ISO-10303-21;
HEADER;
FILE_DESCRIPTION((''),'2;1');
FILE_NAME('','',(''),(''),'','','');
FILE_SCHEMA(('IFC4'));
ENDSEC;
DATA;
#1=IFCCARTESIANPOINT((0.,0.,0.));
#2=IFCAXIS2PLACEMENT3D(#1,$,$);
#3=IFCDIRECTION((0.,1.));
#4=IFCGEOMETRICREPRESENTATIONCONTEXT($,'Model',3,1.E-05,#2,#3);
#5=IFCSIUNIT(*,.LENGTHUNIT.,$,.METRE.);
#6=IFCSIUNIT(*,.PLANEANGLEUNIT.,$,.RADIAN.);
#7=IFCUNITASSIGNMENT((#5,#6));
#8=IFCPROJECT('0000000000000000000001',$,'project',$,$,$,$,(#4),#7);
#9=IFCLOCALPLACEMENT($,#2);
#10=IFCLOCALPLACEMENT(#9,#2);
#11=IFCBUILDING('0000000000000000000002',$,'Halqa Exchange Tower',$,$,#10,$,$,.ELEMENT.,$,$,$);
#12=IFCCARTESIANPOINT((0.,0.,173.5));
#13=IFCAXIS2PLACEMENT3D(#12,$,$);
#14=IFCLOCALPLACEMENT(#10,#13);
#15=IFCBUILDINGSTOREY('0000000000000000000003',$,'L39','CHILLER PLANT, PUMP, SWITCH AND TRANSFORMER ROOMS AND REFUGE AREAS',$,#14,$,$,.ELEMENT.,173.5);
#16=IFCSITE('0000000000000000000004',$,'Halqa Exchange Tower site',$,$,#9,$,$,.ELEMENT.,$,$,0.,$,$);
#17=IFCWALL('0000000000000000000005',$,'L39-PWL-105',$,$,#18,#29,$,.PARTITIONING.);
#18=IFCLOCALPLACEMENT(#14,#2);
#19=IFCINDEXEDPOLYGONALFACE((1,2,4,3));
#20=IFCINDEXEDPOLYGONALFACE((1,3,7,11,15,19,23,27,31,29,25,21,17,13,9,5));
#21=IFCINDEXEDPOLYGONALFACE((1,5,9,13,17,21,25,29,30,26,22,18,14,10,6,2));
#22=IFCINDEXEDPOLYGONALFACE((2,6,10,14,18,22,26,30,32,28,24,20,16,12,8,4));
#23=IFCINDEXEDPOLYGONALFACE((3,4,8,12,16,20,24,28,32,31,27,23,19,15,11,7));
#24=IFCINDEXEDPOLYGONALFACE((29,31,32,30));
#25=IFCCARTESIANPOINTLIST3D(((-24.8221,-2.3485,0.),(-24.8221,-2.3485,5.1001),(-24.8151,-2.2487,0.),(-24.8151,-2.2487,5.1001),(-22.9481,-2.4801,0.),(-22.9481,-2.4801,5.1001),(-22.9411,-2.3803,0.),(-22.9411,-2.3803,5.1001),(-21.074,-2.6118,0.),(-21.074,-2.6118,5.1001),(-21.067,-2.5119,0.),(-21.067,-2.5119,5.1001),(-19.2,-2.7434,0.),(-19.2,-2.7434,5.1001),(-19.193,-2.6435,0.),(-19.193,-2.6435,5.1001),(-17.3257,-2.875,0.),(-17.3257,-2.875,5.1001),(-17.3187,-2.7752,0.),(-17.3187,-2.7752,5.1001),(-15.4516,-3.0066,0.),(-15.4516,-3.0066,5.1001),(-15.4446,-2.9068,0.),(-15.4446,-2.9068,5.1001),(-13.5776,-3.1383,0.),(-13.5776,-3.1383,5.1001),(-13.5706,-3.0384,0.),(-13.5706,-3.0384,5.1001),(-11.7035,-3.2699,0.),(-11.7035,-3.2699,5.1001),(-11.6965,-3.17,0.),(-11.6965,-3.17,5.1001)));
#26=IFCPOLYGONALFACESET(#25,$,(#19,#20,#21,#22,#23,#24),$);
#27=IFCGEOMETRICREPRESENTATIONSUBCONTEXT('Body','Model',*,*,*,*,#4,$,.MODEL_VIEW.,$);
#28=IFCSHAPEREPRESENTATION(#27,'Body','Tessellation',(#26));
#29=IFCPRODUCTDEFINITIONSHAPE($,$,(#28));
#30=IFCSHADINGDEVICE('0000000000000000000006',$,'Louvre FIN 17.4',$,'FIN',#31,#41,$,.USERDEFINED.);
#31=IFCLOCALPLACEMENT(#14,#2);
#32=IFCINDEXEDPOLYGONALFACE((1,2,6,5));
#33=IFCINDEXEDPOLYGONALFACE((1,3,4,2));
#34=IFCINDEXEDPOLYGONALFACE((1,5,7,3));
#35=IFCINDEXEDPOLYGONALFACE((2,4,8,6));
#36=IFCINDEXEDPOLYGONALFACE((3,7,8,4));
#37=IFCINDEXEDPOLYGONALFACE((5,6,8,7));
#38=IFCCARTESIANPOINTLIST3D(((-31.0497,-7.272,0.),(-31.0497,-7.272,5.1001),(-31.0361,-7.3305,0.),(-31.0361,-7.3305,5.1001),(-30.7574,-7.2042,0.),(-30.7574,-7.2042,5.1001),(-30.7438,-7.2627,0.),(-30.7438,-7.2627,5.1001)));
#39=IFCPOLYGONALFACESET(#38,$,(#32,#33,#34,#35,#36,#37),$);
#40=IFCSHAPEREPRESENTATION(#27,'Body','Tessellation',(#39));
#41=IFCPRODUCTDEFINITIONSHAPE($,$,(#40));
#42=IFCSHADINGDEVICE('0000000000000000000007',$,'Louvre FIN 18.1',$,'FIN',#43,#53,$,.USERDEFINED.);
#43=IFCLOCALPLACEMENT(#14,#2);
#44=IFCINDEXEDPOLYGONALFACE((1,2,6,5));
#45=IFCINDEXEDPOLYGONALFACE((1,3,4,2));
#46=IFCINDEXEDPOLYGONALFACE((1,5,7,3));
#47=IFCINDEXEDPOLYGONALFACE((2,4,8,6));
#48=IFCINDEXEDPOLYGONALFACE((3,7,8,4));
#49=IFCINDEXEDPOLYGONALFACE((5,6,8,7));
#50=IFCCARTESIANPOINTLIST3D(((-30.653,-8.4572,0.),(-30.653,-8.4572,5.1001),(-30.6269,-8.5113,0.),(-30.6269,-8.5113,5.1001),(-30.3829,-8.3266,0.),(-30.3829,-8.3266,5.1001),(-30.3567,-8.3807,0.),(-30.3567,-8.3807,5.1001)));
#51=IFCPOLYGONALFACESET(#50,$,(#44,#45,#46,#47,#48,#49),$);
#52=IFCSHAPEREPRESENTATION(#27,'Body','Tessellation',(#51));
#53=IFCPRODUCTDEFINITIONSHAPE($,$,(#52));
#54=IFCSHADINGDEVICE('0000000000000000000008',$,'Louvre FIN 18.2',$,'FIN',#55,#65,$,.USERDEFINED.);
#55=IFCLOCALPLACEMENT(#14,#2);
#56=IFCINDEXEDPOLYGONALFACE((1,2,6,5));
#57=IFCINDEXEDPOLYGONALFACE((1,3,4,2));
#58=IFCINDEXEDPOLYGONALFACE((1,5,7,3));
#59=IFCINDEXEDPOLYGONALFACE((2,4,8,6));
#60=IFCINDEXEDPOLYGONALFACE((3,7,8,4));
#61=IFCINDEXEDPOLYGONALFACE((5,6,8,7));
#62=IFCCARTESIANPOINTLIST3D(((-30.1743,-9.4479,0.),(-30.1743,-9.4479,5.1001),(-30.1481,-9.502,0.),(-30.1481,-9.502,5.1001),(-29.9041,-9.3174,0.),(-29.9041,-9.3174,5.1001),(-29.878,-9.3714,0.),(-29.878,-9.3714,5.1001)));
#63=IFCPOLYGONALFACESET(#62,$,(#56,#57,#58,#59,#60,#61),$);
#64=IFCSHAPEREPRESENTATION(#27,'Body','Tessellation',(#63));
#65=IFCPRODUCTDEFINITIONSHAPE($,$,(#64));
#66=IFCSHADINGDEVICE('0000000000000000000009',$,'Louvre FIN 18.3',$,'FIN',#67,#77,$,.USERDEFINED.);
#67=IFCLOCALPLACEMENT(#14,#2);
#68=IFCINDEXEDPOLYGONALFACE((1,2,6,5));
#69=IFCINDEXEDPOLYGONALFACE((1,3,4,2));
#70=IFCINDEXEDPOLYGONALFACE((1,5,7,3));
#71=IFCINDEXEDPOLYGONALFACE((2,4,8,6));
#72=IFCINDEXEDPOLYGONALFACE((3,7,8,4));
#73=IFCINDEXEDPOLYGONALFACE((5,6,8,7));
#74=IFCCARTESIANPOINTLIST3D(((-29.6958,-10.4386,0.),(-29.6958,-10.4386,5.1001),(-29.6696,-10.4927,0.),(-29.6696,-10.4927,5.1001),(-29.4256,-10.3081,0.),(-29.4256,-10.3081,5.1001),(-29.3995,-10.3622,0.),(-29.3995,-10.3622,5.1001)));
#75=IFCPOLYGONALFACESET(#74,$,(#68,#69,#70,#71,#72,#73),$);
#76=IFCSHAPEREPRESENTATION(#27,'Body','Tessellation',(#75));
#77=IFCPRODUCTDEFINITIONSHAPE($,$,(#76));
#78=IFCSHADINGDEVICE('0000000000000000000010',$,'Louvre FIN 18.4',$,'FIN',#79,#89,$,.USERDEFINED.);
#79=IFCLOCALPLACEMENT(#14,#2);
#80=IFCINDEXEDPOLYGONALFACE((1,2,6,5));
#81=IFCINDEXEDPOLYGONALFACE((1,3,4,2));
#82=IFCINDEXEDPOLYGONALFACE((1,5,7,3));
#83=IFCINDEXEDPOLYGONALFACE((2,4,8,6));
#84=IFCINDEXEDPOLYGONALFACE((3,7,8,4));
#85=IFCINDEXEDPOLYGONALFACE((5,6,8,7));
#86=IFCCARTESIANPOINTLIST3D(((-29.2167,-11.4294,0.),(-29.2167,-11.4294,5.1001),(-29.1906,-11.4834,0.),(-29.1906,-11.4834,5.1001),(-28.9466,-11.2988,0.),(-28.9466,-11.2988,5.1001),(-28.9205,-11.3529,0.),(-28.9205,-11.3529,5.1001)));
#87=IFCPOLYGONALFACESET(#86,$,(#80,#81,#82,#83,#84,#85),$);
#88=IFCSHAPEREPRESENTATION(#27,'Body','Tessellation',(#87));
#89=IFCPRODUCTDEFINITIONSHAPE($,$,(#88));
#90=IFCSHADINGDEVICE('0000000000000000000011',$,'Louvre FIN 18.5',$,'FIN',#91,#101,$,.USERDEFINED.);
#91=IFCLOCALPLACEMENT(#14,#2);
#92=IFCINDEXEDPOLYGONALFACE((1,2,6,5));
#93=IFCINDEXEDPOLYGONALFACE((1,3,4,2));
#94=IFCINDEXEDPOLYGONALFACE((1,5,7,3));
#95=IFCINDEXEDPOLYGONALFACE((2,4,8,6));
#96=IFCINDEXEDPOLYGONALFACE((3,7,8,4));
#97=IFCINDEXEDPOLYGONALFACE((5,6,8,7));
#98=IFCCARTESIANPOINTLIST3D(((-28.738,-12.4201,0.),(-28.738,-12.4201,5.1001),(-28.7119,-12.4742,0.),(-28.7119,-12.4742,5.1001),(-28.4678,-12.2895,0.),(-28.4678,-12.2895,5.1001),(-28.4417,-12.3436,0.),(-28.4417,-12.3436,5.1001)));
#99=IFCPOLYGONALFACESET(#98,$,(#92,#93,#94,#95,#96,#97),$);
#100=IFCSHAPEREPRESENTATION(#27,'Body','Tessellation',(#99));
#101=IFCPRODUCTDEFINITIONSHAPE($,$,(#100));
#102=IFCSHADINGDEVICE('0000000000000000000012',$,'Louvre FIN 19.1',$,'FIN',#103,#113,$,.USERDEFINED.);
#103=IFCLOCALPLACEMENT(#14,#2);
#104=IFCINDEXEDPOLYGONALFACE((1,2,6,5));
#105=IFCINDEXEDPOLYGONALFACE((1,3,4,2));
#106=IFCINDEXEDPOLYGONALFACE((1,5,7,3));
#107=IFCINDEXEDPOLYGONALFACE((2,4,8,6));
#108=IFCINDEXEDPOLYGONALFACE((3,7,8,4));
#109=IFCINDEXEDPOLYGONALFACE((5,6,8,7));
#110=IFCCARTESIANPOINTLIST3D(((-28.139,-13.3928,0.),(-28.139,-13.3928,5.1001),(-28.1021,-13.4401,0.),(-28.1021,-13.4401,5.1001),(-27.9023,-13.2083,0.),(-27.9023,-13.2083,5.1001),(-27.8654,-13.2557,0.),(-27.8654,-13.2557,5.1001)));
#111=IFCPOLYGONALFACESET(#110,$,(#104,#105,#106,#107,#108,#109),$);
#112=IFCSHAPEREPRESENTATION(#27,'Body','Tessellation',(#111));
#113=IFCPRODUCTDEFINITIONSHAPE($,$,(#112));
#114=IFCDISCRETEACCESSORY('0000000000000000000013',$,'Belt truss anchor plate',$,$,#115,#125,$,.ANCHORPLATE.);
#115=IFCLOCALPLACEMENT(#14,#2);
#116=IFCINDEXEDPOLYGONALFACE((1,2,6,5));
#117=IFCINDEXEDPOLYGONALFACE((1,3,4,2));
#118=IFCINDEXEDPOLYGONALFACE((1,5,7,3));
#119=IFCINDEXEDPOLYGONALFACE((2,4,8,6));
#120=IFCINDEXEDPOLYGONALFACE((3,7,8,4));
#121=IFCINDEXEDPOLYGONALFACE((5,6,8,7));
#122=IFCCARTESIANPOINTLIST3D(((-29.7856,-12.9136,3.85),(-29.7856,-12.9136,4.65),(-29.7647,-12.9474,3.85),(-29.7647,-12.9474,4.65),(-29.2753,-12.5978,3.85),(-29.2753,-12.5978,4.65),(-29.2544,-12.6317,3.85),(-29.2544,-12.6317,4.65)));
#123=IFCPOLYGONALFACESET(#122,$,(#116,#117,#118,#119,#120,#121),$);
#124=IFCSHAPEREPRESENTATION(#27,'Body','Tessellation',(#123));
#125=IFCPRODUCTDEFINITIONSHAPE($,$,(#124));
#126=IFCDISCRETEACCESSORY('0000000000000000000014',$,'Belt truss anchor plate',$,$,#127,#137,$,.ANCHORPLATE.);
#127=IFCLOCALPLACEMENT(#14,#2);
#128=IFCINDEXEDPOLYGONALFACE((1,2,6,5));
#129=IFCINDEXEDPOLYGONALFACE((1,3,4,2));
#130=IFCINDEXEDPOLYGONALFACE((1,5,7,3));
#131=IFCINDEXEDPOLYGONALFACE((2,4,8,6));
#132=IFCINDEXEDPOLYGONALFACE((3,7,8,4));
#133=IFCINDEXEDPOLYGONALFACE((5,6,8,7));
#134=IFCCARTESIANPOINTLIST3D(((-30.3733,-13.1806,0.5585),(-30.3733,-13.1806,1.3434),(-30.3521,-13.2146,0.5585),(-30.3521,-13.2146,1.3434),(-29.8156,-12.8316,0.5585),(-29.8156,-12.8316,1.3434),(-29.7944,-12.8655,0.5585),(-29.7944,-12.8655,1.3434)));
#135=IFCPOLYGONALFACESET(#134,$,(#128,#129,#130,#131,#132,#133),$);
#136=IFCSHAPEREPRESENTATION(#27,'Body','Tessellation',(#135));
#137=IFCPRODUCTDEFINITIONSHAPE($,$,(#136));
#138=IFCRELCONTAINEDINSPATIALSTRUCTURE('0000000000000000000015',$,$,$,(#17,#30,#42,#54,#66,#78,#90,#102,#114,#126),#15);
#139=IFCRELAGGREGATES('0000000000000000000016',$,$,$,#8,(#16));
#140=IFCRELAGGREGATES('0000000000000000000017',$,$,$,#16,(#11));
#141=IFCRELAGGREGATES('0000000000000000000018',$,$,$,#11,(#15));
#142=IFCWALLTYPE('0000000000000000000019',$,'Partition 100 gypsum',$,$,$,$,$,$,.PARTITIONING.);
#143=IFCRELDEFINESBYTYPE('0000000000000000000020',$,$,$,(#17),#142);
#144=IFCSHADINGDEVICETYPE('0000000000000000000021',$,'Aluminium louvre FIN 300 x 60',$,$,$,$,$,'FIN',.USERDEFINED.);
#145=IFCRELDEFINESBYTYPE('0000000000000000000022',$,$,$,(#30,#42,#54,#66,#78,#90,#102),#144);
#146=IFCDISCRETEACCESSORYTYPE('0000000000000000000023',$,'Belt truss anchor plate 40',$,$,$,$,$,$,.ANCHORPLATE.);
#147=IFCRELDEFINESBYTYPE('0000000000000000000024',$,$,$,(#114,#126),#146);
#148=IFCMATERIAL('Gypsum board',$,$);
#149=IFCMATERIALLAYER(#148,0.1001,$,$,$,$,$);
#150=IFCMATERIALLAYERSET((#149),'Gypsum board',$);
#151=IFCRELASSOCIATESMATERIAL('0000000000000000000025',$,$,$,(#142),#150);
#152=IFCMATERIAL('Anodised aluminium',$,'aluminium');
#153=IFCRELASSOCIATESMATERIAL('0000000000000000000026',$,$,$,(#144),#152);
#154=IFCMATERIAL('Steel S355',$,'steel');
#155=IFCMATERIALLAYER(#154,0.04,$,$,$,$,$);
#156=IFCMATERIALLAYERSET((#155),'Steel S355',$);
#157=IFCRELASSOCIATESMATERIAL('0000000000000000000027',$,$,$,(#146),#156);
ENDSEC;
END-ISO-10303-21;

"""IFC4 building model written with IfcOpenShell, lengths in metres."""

from ifc_helpers import new_model, si_unit, direction, frame, origin, origin_2d, place, context, subcontext, project, spatial, polyline, rectangle, outline, extrude, material, layer, layer_set, material_profile, profile_set, type_object, element, save


model = new_model("IFC4")

# Units and contexts
model_context = context("Model", 3, precision=1e-05, world=origin(), true_north=direction((0.0, 1.0)))
body_context = subcontext(model_context, "Body", "Model", "MODEL_VIEW")
ifc_project = project(units=[si_unit("LENGTHUNIT", "METRE"), si_unit("PLANEANGLEUNIT", "RADIAN")], contexts=[model_context])

# Site, building, storey
site_placement = place(None, origin())
site = spatial("IfcSite", under=ifc_project, at=site_placement, Name="Halqa Exchange Tower site", CompositionType="ELEMENT", RefElevation=0.0)
building_placement = place(site_placement, origin())
building = spatial("IfcBuilding", under=site, at=building_placement, Name="Halqa Exchange Tower", CompositionType="ELEMENT")
storey_placement = place(building_placement, frame((0.0, 0.0, 173.5)))
storey = spatial("IfcBuildingStorey", under=building, at=storey_placement, Name="L39", Description="CHILLER PLANT, PUMP, SWITCH AND TRANSFORMER ROOMS AND REFUGE AREAS", CompositionType="ELEMENT", Elevation=173.5)

# Shared definitions
ifc_material_1 = material(Name="Steel S355", Category="steel")

# Wall
ifc_material_2 = material(Name="Gypsum board")
ifc_layer_1 = layer(ifc_material_2, 0.1001)
ifc_layer_set_1 = layer_set([ifc_layer_1], Name="Gypsum board")
wall_type_1 = type_object("IfcWallType", Name="Partition 100 gypsum", PredefinedType="PARTITIONING", material=ifc_layer_set_1)
wall_1_placement = place(storey_placement, frame((-24.8186, -2.2986, 0.0), z_axis=(0.0, 0.0, 1.0), x_axis=(0.997543, -0.070062, 0.0)))
element("IfcWall", 1, at=wall_1_placement, inside=storey, type_object=wall_type_1, Name="L39-PWL-105", PredefinedType="PARTITIONING", context=body_context, shape_type="SweptSolid", body=[
    extrude(outline(polyline([(0.0, 0.05), (0.0, -0.05), (1.8787, -0.05), (3.7573, -0.05), (5.636, -0.05), (7.5149, -0.05), (9.3936, -0.05), (11.2722, -0.05), (13.1509, -0.05), (13.1509, 0.05), (11.2722, 0.05), (9.3936, 0.05), (7.5149, 0.05), (5.636, 0.05), (3.7573, 0.05), (1.8787, 0.05), (0.0, 0.05)])), origin(), (0.0, 0.0, 1.0), 5.1001),
])

# Shading devices
ifc_material_3 = material(Name="Anodised aluminium", Category="aluminium")
ifc_material_profile_1 = material_profile(ifc_material_3, rectangle(XDim=0.3, YDim=0.0601, at=origin_2d()), Name="AL FIN 300x60")
ifc_profile_set_1 = profile_set([ifc_material_profile_1], Name="Anodised aluminium")
shading_device_type = type_object("IfcShadingDeviceType", Name="Aluminium louvre FIN 300 x 60", ElementType="FIN", PredefinedType="USERDEFINED", material=ifc_profile_set_1)
for number, where, z_axis, x_axis, name in (
    (2, (-30.8967, -7.2673, 0.0), (0.0, 0.0, 1.0), (0.974112, 0.226066, 0.0), "Louvre FIN 17.4"),
    (3, (-30.5049, -8.4189, 0.0), (0.0, 0.0, 1.0), (0.900378, 0.435109, 0.0), "Louvre FIN 18.1"),
    (4, (-30.0261, -9.4097, 0.0), (0.0, 0.0, 1.0), (0.900378, 0.435109, 0.0), "Louvre FIN 18.2"),
    (5, (-29.5476, -10.4004, 0.0), (0.0, 0.0, 1.0), (0.900378, 0.435109, 0.0), "Louvre FIN 18.3"),
    (6, (-29.0686, -11.3911, 0.0), (0.0, 0.0, 1.0), (0.900378, 0.435109, 0.0), "Louvre FIN 18.4"),
    (7, (-28.5898, -12.3818, 0.0), (0.0, 0.0, 1.0), (0.900378, 0.435109, 0.0), "Louvre FIN 18.5"),
    (8, (-28.0022, -13.3242, 0.0), (0.0, 0.0, 1.0), (0.788686, 0.614796, 0.0), "Louvre FIN 19.1"),
):
    element("IfcShadingDevice", number, at=place(storey_placement, frame(where, z_axis=z_axis, x_axis=x_axis)), inside=storey, type_object=shading_device_type, Name=name, ObjectType="FIN", PredefinedType="USERDEFINED", context=body_context, shape_type="SweptSolid", body=[
        extrude(rectangle(XDim=0.3, YDim=0.0601, at=origin_2d()), origin(), (0.0, 0.0, 1.0), 5.1001),
    ])

# Discrete accessories
ifc_layer_2 = layer(ifc_material_1, 0.04)
ifc_layer_set_2 = layer_set([ifc_layer_2], Name="Steel S355")
discrete_accessory_type = type_object("IfcDiscreteAccessoryType", Name="Belt truss anchor plate 40", PredefinedType="ANCHORPLATE", material=ifc_layer_set_2)
discrete_accessory_1_placement = place(storey_placement, frame((-29.5095, -12.7896, 4.25), z_axis=(-0.526144, 0.850396, 0.0), x_axis=(-0.850396, -0.526144, 0.0)))
element("IfcDiscreteAccessory", 9, at=discrete_accessory_1_placement, inside=storey, type_object=discrete_accessory_type, Name="Belt truss anchor plate", PredefinedType="ANCHORPLATE", context=body_context, shape_type="SweptSolid", body=[
    extrude(rectangle(XDim=0.6001, YDim=0.8, at=origin_2d()), origin(), (0.0, 0.0, 1.0), 0.0398),
])
discrete_accessory_2_placement = place(storey_placement, frame((-30.0732, -13.04, 0.9509), z_axis=(-0.530547, 0.847656, 0.0), x_axis=(-0.847656, -0.530547, 0.0)))
element("IfcDiscreteAccessory", 10, at=discrete_accessory_2_placement, inside=storey, type_object=discrete_accessory_type, Name="Belt truss anchor plate", PredefinedType="ANCHORPLATE", context=body_context, shape_type="SweptSolid", body=[
    extrude(rectangle(XDim=0.658, YDim=0.7849, at=origin_2d()), origin(), (0.0, 0.0, 1.0), 0.04),
])

save(model, "model.ifc")
